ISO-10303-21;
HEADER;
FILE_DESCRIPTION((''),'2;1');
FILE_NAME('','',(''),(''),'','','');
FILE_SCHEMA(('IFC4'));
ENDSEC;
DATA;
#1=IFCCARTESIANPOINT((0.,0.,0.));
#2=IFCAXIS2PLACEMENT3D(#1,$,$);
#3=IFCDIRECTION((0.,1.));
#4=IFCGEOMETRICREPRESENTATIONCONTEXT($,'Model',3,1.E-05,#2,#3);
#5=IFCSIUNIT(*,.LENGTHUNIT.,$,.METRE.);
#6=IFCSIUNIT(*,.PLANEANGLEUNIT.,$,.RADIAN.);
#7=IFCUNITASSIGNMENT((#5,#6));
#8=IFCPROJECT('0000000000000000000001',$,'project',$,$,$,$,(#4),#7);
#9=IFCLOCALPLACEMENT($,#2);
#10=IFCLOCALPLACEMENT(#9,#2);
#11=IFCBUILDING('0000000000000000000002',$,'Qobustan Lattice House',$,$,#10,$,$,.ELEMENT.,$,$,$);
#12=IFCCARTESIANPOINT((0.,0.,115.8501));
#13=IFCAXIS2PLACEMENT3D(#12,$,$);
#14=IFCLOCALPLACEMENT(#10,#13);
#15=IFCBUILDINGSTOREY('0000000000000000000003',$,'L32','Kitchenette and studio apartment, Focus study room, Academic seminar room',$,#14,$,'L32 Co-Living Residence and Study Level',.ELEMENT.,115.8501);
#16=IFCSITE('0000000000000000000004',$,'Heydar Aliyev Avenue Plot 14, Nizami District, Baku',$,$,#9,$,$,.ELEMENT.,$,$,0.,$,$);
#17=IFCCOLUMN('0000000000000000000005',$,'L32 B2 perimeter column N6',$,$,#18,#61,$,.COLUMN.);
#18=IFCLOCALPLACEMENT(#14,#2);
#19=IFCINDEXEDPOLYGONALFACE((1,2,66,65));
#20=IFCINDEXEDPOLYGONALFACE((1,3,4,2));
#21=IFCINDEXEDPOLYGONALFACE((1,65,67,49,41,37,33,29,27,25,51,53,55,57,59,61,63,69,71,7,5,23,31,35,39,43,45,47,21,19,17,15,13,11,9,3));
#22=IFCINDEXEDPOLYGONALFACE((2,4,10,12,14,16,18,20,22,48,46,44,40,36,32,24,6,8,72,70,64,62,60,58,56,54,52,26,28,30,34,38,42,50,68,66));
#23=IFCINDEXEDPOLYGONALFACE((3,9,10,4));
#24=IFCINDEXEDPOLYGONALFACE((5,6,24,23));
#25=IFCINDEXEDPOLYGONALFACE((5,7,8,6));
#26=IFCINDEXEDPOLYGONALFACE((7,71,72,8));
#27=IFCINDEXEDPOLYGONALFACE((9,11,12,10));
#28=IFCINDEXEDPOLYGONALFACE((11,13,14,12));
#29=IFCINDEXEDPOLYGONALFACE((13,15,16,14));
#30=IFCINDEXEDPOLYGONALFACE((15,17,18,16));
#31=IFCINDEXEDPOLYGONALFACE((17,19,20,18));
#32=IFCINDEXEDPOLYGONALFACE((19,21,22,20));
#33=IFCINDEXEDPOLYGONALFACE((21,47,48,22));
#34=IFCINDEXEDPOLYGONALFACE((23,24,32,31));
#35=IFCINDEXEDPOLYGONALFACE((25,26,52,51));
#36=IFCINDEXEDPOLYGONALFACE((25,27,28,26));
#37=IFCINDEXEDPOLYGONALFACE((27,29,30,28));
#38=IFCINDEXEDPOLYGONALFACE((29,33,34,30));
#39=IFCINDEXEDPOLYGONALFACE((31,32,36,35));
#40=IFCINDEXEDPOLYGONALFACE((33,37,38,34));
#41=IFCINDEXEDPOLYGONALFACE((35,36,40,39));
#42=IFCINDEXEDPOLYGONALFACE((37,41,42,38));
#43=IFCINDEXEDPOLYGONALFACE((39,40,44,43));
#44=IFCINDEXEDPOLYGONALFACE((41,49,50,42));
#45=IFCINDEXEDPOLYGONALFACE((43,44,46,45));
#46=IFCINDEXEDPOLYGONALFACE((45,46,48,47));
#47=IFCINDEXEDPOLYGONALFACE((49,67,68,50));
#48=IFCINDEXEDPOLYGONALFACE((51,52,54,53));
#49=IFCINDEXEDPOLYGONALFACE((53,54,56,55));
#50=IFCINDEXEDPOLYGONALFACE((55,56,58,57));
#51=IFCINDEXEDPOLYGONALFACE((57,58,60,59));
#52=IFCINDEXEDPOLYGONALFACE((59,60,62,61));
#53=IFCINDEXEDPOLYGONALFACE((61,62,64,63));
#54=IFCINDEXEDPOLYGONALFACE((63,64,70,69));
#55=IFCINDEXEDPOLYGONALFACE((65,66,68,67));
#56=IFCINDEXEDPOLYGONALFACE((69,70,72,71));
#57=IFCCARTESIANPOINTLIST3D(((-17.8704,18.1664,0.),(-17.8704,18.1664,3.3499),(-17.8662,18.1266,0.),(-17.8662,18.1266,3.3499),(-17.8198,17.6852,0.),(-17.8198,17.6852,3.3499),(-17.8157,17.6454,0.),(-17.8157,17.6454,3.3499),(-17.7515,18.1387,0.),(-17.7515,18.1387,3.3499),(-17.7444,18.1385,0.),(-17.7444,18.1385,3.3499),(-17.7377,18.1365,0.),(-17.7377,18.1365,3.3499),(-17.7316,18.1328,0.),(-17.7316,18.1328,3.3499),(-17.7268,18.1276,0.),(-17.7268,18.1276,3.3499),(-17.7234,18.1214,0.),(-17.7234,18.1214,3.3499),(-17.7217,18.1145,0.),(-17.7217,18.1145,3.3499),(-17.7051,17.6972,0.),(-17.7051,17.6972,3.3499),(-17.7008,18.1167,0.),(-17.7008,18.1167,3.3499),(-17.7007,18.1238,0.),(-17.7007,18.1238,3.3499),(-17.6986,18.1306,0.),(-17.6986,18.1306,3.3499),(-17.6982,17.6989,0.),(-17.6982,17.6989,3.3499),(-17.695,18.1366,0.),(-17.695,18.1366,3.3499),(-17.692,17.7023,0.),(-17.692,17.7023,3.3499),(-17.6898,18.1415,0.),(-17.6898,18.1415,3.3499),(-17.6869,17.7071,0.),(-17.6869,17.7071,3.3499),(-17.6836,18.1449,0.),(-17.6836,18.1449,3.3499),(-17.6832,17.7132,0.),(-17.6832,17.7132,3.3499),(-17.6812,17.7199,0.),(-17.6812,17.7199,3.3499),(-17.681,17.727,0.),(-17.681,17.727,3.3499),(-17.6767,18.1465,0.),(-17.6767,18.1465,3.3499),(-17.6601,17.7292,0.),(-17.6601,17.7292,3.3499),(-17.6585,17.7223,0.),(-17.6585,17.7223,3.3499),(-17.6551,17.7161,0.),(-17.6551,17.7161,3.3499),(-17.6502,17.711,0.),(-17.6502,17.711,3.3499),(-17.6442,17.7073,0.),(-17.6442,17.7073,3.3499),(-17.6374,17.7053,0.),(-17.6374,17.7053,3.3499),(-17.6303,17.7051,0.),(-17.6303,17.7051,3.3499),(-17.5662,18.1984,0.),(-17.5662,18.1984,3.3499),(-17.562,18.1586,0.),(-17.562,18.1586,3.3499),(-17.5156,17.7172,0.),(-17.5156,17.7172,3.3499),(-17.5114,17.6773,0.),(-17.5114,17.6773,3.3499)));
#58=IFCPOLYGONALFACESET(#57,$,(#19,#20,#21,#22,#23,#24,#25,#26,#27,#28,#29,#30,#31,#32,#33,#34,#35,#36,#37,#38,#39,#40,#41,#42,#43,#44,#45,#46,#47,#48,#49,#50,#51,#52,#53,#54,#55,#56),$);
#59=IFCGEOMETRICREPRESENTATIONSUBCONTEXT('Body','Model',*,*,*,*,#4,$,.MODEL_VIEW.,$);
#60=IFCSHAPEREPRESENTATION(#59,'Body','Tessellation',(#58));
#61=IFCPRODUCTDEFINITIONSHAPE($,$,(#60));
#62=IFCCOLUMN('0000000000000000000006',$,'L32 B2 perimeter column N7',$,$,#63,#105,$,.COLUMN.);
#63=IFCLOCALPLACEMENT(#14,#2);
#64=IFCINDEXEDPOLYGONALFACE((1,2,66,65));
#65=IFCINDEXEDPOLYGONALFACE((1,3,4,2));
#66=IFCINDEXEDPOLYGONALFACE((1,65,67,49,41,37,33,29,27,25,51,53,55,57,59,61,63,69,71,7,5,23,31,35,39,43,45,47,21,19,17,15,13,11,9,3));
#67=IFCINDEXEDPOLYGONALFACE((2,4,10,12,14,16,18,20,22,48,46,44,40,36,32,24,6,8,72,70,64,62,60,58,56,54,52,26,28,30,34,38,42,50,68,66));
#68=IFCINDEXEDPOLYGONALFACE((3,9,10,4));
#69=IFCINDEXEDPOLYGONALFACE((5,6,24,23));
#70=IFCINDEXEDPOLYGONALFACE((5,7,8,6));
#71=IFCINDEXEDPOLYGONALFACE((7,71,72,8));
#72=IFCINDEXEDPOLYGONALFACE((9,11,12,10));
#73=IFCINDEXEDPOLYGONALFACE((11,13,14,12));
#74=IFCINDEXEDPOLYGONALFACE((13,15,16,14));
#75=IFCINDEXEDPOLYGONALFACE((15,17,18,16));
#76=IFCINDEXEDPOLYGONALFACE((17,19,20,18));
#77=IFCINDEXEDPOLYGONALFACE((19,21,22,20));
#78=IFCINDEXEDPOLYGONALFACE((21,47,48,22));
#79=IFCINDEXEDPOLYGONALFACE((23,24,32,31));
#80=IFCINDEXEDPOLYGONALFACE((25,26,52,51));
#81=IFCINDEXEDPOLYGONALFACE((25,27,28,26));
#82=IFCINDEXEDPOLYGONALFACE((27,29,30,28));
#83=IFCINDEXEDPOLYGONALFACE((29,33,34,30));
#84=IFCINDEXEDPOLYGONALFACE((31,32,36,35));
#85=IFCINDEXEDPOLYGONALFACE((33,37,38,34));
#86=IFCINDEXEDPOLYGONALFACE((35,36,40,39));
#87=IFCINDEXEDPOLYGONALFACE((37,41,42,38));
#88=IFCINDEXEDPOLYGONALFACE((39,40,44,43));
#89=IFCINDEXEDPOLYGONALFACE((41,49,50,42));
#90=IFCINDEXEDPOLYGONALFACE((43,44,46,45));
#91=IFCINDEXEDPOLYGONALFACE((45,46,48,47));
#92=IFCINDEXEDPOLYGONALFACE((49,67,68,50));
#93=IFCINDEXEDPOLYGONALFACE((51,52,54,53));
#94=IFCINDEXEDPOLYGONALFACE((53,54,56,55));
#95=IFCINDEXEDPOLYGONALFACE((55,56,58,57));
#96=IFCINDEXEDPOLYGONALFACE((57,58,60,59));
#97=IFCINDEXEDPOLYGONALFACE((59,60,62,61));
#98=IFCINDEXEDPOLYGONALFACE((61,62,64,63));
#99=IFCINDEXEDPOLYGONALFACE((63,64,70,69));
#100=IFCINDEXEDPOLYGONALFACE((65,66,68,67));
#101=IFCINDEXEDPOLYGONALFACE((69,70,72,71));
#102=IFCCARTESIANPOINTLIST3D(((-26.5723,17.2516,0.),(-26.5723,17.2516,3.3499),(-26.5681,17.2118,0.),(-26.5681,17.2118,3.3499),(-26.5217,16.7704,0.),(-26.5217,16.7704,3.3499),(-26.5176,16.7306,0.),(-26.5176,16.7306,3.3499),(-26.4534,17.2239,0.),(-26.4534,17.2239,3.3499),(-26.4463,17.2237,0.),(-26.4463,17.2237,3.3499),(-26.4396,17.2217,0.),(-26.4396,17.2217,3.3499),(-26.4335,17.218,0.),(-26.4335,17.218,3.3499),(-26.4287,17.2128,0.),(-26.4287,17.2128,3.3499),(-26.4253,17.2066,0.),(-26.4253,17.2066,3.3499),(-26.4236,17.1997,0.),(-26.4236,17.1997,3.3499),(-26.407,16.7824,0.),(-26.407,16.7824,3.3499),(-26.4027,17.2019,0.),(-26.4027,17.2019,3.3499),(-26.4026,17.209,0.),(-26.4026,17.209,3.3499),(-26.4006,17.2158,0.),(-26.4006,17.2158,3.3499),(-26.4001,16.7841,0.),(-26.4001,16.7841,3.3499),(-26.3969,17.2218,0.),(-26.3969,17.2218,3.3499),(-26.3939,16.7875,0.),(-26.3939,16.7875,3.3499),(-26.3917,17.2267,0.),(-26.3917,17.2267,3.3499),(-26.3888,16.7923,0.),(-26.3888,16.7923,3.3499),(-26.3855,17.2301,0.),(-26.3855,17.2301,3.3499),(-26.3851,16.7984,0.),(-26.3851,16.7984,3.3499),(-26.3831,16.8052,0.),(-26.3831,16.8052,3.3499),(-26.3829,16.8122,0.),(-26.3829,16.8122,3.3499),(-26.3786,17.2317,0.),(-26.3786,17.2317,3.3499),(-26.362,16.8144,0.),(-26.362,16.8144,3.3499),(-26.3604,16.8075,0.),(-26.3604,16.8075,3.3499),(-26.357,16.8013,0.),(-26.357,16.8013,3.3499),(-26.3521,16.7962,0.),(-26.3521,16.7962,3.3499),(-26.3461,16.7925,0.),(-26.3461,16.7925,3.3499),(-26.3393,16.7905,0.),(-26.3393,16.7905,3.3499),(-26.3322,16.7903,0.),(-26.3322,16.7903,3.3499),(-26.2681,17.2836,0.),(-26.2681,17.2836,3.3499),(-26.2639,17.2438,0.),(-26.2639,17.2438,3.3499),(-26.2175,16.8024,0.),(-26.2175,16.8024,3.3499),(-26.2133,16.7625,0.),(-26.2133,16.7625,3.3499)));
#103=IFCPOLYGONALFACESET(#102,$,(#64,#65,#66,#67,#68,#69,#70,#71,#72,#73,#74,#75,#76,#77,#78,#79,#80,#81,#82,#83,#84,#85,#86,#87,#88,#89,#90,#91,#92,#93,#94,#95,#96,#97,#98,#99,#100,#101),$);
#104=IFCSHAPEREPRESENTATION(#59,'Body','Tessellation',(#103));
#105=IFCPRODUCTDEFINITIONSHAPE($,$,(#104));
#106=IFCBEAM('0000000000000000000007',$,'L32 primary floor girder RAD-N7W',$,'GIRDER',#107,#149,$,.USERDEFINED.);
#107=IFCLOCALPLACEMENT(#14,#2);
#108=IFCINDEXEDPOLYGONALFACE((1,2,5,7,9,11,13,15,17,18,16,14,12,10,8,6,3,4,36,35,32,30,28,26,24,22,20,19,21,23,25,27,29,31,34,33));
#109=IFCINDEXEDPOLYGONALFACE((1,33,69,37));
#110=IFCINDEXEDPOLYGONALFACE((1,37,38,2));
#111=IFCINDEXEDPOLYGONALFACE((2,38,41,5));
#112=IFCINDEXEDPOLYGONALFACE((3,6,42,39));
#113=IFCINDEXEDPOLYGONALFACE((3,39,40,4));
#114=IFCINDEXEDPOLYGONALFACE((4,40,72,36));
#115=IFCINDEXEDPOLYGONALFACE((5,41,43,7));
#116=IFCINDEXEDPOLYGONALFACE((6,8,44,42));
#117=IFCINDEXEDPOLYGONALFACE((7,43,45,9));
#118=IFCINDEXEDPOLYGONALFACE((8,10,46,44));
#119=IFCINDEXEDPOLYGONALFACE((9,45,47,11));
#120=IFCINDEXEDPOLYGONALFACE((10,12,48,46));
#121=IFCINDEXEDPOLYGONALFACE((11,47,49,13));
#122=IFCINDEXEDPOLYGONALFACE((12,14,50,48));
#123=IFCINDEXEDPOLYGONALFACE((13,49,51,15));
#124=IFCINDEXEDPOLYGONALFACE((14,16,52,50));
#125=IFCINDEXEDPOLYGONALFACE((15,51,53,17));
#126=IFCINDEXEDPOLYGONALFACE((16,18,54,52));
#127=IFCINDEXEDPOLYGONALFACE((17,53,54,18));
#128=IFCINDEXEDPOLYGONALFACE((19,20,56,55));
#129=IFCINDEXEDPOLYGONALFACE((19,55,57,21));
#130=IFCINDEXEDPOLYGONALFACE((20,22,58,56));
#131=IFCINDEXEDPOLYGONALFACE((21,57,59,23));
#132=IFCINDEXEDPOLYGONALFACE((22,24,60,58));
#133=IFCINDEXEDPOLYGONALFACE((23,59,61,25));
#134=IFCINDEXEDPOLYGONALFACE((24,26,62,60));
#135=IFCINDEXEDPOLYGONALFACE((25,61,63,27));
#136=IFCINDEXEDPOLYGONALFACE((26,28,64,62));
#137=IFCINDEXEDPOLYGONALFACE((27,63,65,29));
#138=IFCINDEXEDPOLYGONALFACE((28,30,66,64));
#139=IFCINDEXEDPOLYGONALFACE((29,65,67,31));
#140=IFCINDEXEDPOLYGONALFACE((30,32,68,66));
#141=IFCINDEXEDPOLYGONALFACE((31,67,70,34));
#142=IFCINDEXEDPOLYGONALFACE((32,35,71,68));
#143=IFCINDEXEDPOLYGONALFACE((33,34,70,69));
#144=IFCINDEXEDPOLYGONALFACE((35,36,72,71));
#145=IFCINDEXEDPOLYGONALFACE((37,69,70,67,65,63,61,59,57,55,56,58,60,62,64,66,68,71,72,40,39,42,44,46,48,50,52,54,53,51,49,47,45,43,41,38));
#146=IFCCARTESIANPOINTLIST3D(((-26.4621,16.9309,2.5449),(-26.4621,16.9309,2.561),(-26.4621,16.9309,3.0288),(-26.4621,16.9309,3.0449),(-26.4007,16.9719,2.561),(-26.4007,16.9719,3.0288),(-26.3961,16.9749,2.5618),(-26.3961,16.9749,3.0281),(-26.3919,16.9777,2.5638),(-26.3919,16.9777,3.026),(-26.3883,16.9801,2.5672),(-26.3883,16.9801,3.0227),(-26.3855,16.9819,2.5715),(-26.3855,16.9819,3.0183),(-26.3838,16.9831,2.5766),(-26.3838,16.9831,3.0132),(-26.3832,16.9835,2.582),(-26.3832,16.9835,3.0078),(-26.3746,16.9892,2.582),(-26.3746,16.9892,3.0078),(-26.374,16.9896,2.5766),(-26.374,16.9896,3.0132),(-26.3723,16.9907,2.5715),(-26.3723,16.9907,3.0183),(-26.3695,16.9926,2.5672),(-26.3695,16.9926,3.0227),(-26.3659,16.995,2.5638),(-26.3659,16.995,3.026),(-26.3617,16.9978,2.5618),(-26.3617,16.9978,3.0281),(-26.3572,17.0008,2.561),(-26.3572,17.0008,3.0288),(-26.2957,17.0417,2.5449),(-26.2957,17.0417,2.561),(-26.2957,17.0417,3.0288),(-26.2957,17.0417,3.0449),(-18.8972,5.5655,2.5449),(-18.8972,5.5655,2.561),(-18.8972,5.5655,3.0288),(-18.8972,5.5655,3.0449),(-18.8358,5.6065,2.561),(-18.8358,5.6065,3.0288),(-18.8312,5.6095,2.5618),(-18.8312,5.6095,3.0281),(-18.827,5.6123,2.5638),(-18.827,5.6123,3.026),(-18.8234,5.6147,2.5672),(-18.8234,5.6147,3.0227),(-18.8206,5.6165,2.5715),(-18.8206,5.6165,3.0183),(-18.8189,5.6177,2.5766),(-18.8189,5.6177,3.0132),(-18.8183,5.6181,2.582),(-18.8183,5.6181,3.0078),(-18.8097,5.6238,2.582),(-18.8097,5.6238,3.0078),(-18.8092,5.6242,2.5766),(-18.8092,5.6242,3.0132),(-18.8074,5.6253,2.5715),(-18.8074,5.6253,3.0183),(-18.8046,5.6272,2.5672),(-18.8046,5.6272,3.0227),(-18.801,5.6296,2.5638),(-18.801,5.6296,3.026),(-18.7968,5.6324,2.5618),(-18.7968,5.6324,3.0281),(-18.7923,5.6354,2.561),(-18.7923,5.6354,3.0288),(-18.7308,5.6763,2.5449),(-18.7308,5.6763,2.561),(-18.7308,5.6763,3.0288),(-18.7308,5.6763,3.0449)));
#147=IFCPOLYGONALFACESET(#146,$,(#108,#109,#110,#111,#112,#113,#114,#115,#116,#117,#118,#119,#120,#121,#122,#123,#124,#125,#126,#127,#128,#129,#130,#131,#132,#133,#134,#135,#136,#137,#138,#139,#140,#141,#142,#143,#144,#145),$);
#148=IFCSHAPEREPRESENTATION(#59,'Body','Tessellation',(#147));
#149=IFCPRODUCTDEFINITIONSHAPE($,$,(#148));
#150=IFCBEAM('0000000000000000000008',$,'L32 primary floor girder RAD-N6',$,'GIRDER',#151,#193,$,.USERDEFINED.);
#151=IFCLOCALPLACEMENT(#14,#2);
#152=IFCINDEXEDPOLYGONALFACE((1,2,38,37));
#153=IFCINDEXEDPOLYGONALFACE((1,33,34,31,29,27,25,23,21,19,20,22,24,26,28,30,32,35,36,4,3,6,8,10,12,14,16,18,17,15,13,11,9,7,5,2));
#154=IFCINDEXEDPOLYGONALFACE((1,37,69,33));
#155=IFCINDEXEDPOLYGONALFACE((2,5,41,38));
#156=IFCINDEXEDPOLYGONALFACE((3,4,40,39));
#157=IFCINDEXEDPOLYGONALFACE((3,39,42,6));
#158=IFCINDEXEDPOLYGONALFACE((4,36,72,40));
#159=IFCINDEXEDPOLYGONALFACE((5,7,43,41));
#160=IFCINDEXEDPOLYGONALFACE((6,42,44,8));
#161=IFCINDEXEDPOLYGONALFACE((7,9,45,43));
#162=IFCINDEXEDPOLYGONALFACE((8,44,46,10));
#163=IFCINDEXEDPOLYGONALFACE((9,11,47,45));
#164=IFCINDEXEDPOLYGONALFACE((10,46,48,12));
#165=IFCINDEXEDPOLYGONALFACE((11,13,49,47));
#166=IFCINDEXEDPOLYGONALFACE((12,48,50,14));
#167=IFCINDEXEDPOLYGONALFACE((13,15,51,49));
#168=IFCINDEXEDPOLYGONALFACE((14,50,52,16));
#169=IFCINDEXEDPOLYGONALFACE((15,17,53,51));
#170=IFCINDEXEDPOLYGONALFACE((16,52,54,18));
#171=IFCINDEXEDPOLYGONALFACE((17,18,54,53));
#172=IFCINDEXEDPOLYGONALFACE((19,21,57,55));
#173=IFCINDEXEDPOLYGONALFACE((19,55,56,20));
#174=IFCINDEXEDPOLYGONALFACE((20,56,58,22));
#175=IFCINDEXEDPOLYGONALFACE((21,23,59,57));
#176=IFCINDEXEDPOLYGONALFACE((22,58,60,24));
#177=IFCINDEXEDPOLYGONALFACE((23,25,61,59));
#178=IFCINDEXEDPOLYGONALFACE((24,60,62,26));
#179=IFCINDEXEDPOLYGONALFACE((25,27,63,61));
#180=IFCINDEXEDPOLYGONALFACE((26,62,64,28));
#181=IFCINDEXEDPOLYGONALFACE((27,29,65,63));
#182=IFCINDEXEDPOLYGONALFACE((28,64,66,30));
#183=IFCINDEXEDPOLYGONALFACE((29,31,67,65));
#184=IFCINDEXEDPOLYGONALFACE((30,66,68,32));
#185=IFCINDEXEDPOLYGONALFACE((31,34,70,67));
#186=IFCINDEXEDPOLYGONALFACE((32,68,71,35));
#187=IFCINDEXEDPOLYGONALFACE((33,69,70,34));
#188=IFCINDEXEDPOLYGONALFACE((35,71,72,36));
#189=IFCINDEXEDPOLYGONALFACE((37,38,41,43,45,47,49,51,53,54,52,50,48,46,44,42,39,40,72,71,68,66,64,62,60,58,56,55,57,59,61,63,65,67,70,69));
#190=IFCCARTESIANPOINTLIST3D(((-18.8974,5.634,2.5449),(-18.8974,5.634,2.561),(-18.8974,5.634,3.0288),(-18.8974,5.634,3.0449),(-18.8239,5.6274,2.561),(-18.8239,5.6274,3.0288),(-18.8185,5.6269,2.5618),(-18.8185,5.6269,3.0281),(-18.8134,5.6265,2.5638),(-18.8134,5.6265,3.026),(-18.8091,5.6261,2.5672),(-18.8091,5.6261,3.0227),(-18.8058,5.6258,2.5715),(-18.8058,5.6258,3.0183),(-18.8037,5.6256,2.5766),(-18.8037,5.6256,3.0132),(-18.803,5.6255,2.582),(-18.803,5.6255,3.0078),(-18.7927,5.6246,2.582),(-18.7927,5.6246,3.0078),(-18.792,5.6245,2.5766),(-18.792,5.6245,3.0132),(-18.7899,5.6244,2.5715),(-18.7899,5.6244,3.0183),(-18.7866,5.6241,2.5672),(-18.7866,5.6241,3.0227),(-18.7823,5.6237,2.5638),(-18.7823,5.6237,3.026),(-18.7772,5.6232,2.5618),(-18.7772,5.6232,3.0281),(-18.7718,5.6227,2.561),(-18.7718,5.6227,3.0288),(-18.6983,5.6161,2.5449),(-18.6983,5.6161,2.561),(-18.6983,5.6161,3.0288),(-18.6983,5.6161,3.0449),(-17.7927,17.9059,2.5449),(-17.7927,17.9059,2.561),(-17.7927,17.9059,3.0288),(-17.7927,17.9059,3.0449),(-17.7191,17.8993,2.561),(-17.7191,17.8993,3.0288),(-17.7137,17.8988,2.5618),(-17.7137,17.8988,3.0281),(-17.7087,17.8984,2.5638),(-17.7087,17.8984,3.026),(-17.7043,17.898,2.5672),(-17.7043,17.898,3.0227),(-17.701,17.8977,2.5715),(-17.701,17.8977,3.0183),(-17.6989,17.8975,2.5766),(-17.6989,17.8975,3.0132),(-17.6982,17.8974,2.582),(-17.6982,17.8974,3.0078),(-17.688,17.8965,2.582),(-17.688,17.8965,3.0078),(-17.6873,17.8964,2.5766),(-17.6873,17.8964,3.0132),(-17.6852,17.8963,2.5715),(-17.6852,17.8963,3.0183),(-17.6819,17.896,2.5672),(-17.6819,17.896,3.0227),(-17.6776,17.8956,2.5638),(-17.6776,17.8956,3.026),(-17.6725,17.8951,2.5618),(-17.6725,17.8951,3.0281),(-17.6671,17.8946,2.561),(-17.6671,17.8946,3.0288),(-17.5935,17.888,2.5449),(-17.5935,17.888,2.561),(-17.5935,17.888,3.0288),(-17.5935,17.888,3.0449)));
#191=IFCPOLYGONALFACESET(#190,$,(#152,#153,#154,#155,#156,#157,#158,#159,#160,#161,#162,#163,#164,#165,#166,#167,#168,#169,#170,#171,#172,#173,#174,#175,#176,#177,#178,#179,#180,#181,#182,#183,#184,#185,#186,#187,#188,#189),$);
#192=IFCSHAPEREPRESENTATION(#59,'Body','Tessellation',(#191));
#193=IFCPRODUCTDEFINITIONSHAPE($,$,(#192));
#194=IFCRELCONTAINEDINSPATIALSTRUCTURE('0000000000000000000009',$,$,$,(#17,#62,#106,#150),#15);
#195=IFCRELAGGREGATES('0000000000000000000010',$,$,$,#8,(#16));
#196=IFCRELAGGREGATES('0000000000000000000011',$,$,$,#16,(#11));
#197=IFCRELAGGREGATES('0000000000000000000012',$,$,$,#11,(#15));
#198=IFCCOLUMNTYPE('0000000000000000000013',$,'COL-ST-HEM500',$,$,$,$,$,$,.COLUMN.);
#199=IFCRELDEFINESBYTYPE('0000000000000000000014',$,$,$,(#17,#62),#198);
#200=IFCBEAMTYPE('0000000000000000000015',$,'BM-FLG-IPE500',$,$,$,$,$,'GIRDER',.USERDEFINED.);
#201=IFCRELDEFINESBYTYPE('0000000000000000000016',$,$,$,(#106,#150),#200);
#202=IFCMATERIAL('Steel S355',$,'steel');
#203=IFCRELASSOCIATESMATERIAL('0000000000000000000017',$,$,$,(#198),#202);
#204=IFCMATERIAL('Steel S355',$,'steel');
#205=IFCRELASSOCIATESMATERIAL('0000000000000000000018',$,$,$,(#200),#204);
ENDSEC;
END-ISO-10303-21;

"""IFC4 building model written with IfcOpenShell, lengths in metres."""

from ifc_helpers import new_model, si_unit, direction, frame, origin, origin_2d, place, context, subcontext, project, spatial, i_section, extrude, material, material_profile, profile_set, type_object, element, save


model = new_model("IFC4")

# Units and contexts
model_context = context("Model", 3, precision=1e-05, world=origin(), true_north=direction((0.0, 1.0)))
body_context = subcontext(model_context, "Body", "Model", "MODEL_VIEW")
ifc_project = project(units=[si_unit("LENGTHUNIT", "METRE"), si_unit("PLANEANGLEUNIT", "RADIAN")], contexts=[model_context])

# Site, building, storey
site_placement = place(None, origin())
site = spatial("IfcSite", under=ifc_project, at=site_placement, Name="Heydar Aliyev Avenue Plot 14, Nizami District, Baku", CompositionType="ELEMENT", RefElevation=0.0)
building_placement = place(site_placement, origin())
building = spatial("IfcBuilding", under=site, at=building_placement, Name="Qobustan Lattice House", CompositionType="ELEMENT")
storey_placement = place(building_placement, frame((0.0, 0.0, 115.8501)))
storey = spatial("IfcBuildingStorey", under=building, at=storey_placement, Name="L32", Description="Kitchenette and studio apartment, Focus study room, Academic seminar room", LongName="L32 Co-Living Residence and Study Level", CompositionType="ELEMENT", Elevation=115.8501)

# Columns
ifc_material_1 = material(Name="Steel S355", Category="steel")
ifc_material_profile_1 = material_profile(ifc_material_1, i_section(OverallWidth=0.3059, OverallDepth=0.5239, WebThickness=0.021, FlangeThickness=0.04, FilletRadius=0.0271, at=origin_2d()), Name="HEM500")
ifc_profile_set_1 = profile_set([ifc_material_profile_1], Name="Steel S355")
column_type = type_object("IfcColumnType", Name="COL-ST-HEM500", PredefinedType="COLUMN", material=ifc_profile_set_1)
for number, where, z_axis, x_axis, name in (
    (1, (-17.6909, 17.9219, 0.0), (0.0, 0.0, 1.0), (0.994522, 0.104528, 0.0), "L32 B2 perimeter column N6"),
    (2, (-26.3928, 17.0071, 0.0), (0.0, 0.0, 1.0), (0.994522, 0.104528, 0.0), "L32 B2 perimeter column N7"),
):
    element("IfcColumn", number, at=place(storey_placement, frame(where, z_axis=z_axis, x_axis=x_axis)), inside=storey, type_object=column_type, Name=name, PredefinedType="COLUMN", context=body_context, shape_type="SweptSolid", body=[
        extrude(i_section(OverallWidth=0.3059, OverallDepth=0.5239, WebThickness=0.021, FlangeThickness=0.04, FilletRadius=0.0271, at=origin_2d()), origin(), (0.0, 0.0, 1.0), 3.3499),
    ])

# Beams
ifc_material_2 = material(Name="Steel S355", Category="steel")
ifc_material_profile_2 = material_profile(ifc_material_2, i_section(OverallWidth=0.2, OverallDepth=0.5, WebThickness=0.0103, FlangeThickness=0.0161, FilletRadius=0.021, at=origin_2d()), Name="IPE500")
ifc_profile_set_2 = profile_set([ifc_material_profile_2], Name="Steel S355")
beam_type_1 = type_object("IfcBeamType", Name="BM-FLG-IPE500", ElementType="GIRDER", PredefinedType="USERDEFINED", material=ifc_profile_set_2)
beam_1_placement = place(storey_placement, frame((-26.3789, 16.9863, 2.7949), z_axis=(0.554089, -0.832457, 0.0), x_axis=(0.832457, 0.554089, 0.0)))
element("IfcBeam", 3, at=beam_1_placement, inside=storey, type_object=beam_type_1, Name="L32 primary floor girder RAD-N7W", ObjectType="GIRDER", PredefinedType="USERDEFINED", context=body_context, shape_type="SweptSolid", body=[
    extrude(i_section(OverallWidth=0.2, OverallDepth=0.5, WebThickness=0.0103, FlangeThickness=0.0161, FilletRadius=0.021, at=origin_2d()), origin(), (0.0, 0.0, 1.0), 13.6528),
])
beam_2_placement = place(storey_placement, frame((-17.6931, 17.897, 2.7949), z_axis=(-0.089659, -0.995973, 0.0), x_axis=(0.995973, -0.089659, 0.0)))
element("IfcBeam", 4, at=beam_2_placement, inside=storey, type_object=beam_type_1, Name="L32 primary floor girder RAD-N6", ObjectType="GIRDER", PredefinedType="USERDEFINED", context=body_context, shape_type="SweptSolid", body=[
    extrude(i_section(OverallWidth=0.2, OverallDepth=0.5, WebThickness=0.0103, FlangeThickness=0.0161, FilletRadius=0.021, at=origin_2d()), origin(), (0.0, 0.0, 1.0), 12.3215),
])

save(model, "model.ifc")
